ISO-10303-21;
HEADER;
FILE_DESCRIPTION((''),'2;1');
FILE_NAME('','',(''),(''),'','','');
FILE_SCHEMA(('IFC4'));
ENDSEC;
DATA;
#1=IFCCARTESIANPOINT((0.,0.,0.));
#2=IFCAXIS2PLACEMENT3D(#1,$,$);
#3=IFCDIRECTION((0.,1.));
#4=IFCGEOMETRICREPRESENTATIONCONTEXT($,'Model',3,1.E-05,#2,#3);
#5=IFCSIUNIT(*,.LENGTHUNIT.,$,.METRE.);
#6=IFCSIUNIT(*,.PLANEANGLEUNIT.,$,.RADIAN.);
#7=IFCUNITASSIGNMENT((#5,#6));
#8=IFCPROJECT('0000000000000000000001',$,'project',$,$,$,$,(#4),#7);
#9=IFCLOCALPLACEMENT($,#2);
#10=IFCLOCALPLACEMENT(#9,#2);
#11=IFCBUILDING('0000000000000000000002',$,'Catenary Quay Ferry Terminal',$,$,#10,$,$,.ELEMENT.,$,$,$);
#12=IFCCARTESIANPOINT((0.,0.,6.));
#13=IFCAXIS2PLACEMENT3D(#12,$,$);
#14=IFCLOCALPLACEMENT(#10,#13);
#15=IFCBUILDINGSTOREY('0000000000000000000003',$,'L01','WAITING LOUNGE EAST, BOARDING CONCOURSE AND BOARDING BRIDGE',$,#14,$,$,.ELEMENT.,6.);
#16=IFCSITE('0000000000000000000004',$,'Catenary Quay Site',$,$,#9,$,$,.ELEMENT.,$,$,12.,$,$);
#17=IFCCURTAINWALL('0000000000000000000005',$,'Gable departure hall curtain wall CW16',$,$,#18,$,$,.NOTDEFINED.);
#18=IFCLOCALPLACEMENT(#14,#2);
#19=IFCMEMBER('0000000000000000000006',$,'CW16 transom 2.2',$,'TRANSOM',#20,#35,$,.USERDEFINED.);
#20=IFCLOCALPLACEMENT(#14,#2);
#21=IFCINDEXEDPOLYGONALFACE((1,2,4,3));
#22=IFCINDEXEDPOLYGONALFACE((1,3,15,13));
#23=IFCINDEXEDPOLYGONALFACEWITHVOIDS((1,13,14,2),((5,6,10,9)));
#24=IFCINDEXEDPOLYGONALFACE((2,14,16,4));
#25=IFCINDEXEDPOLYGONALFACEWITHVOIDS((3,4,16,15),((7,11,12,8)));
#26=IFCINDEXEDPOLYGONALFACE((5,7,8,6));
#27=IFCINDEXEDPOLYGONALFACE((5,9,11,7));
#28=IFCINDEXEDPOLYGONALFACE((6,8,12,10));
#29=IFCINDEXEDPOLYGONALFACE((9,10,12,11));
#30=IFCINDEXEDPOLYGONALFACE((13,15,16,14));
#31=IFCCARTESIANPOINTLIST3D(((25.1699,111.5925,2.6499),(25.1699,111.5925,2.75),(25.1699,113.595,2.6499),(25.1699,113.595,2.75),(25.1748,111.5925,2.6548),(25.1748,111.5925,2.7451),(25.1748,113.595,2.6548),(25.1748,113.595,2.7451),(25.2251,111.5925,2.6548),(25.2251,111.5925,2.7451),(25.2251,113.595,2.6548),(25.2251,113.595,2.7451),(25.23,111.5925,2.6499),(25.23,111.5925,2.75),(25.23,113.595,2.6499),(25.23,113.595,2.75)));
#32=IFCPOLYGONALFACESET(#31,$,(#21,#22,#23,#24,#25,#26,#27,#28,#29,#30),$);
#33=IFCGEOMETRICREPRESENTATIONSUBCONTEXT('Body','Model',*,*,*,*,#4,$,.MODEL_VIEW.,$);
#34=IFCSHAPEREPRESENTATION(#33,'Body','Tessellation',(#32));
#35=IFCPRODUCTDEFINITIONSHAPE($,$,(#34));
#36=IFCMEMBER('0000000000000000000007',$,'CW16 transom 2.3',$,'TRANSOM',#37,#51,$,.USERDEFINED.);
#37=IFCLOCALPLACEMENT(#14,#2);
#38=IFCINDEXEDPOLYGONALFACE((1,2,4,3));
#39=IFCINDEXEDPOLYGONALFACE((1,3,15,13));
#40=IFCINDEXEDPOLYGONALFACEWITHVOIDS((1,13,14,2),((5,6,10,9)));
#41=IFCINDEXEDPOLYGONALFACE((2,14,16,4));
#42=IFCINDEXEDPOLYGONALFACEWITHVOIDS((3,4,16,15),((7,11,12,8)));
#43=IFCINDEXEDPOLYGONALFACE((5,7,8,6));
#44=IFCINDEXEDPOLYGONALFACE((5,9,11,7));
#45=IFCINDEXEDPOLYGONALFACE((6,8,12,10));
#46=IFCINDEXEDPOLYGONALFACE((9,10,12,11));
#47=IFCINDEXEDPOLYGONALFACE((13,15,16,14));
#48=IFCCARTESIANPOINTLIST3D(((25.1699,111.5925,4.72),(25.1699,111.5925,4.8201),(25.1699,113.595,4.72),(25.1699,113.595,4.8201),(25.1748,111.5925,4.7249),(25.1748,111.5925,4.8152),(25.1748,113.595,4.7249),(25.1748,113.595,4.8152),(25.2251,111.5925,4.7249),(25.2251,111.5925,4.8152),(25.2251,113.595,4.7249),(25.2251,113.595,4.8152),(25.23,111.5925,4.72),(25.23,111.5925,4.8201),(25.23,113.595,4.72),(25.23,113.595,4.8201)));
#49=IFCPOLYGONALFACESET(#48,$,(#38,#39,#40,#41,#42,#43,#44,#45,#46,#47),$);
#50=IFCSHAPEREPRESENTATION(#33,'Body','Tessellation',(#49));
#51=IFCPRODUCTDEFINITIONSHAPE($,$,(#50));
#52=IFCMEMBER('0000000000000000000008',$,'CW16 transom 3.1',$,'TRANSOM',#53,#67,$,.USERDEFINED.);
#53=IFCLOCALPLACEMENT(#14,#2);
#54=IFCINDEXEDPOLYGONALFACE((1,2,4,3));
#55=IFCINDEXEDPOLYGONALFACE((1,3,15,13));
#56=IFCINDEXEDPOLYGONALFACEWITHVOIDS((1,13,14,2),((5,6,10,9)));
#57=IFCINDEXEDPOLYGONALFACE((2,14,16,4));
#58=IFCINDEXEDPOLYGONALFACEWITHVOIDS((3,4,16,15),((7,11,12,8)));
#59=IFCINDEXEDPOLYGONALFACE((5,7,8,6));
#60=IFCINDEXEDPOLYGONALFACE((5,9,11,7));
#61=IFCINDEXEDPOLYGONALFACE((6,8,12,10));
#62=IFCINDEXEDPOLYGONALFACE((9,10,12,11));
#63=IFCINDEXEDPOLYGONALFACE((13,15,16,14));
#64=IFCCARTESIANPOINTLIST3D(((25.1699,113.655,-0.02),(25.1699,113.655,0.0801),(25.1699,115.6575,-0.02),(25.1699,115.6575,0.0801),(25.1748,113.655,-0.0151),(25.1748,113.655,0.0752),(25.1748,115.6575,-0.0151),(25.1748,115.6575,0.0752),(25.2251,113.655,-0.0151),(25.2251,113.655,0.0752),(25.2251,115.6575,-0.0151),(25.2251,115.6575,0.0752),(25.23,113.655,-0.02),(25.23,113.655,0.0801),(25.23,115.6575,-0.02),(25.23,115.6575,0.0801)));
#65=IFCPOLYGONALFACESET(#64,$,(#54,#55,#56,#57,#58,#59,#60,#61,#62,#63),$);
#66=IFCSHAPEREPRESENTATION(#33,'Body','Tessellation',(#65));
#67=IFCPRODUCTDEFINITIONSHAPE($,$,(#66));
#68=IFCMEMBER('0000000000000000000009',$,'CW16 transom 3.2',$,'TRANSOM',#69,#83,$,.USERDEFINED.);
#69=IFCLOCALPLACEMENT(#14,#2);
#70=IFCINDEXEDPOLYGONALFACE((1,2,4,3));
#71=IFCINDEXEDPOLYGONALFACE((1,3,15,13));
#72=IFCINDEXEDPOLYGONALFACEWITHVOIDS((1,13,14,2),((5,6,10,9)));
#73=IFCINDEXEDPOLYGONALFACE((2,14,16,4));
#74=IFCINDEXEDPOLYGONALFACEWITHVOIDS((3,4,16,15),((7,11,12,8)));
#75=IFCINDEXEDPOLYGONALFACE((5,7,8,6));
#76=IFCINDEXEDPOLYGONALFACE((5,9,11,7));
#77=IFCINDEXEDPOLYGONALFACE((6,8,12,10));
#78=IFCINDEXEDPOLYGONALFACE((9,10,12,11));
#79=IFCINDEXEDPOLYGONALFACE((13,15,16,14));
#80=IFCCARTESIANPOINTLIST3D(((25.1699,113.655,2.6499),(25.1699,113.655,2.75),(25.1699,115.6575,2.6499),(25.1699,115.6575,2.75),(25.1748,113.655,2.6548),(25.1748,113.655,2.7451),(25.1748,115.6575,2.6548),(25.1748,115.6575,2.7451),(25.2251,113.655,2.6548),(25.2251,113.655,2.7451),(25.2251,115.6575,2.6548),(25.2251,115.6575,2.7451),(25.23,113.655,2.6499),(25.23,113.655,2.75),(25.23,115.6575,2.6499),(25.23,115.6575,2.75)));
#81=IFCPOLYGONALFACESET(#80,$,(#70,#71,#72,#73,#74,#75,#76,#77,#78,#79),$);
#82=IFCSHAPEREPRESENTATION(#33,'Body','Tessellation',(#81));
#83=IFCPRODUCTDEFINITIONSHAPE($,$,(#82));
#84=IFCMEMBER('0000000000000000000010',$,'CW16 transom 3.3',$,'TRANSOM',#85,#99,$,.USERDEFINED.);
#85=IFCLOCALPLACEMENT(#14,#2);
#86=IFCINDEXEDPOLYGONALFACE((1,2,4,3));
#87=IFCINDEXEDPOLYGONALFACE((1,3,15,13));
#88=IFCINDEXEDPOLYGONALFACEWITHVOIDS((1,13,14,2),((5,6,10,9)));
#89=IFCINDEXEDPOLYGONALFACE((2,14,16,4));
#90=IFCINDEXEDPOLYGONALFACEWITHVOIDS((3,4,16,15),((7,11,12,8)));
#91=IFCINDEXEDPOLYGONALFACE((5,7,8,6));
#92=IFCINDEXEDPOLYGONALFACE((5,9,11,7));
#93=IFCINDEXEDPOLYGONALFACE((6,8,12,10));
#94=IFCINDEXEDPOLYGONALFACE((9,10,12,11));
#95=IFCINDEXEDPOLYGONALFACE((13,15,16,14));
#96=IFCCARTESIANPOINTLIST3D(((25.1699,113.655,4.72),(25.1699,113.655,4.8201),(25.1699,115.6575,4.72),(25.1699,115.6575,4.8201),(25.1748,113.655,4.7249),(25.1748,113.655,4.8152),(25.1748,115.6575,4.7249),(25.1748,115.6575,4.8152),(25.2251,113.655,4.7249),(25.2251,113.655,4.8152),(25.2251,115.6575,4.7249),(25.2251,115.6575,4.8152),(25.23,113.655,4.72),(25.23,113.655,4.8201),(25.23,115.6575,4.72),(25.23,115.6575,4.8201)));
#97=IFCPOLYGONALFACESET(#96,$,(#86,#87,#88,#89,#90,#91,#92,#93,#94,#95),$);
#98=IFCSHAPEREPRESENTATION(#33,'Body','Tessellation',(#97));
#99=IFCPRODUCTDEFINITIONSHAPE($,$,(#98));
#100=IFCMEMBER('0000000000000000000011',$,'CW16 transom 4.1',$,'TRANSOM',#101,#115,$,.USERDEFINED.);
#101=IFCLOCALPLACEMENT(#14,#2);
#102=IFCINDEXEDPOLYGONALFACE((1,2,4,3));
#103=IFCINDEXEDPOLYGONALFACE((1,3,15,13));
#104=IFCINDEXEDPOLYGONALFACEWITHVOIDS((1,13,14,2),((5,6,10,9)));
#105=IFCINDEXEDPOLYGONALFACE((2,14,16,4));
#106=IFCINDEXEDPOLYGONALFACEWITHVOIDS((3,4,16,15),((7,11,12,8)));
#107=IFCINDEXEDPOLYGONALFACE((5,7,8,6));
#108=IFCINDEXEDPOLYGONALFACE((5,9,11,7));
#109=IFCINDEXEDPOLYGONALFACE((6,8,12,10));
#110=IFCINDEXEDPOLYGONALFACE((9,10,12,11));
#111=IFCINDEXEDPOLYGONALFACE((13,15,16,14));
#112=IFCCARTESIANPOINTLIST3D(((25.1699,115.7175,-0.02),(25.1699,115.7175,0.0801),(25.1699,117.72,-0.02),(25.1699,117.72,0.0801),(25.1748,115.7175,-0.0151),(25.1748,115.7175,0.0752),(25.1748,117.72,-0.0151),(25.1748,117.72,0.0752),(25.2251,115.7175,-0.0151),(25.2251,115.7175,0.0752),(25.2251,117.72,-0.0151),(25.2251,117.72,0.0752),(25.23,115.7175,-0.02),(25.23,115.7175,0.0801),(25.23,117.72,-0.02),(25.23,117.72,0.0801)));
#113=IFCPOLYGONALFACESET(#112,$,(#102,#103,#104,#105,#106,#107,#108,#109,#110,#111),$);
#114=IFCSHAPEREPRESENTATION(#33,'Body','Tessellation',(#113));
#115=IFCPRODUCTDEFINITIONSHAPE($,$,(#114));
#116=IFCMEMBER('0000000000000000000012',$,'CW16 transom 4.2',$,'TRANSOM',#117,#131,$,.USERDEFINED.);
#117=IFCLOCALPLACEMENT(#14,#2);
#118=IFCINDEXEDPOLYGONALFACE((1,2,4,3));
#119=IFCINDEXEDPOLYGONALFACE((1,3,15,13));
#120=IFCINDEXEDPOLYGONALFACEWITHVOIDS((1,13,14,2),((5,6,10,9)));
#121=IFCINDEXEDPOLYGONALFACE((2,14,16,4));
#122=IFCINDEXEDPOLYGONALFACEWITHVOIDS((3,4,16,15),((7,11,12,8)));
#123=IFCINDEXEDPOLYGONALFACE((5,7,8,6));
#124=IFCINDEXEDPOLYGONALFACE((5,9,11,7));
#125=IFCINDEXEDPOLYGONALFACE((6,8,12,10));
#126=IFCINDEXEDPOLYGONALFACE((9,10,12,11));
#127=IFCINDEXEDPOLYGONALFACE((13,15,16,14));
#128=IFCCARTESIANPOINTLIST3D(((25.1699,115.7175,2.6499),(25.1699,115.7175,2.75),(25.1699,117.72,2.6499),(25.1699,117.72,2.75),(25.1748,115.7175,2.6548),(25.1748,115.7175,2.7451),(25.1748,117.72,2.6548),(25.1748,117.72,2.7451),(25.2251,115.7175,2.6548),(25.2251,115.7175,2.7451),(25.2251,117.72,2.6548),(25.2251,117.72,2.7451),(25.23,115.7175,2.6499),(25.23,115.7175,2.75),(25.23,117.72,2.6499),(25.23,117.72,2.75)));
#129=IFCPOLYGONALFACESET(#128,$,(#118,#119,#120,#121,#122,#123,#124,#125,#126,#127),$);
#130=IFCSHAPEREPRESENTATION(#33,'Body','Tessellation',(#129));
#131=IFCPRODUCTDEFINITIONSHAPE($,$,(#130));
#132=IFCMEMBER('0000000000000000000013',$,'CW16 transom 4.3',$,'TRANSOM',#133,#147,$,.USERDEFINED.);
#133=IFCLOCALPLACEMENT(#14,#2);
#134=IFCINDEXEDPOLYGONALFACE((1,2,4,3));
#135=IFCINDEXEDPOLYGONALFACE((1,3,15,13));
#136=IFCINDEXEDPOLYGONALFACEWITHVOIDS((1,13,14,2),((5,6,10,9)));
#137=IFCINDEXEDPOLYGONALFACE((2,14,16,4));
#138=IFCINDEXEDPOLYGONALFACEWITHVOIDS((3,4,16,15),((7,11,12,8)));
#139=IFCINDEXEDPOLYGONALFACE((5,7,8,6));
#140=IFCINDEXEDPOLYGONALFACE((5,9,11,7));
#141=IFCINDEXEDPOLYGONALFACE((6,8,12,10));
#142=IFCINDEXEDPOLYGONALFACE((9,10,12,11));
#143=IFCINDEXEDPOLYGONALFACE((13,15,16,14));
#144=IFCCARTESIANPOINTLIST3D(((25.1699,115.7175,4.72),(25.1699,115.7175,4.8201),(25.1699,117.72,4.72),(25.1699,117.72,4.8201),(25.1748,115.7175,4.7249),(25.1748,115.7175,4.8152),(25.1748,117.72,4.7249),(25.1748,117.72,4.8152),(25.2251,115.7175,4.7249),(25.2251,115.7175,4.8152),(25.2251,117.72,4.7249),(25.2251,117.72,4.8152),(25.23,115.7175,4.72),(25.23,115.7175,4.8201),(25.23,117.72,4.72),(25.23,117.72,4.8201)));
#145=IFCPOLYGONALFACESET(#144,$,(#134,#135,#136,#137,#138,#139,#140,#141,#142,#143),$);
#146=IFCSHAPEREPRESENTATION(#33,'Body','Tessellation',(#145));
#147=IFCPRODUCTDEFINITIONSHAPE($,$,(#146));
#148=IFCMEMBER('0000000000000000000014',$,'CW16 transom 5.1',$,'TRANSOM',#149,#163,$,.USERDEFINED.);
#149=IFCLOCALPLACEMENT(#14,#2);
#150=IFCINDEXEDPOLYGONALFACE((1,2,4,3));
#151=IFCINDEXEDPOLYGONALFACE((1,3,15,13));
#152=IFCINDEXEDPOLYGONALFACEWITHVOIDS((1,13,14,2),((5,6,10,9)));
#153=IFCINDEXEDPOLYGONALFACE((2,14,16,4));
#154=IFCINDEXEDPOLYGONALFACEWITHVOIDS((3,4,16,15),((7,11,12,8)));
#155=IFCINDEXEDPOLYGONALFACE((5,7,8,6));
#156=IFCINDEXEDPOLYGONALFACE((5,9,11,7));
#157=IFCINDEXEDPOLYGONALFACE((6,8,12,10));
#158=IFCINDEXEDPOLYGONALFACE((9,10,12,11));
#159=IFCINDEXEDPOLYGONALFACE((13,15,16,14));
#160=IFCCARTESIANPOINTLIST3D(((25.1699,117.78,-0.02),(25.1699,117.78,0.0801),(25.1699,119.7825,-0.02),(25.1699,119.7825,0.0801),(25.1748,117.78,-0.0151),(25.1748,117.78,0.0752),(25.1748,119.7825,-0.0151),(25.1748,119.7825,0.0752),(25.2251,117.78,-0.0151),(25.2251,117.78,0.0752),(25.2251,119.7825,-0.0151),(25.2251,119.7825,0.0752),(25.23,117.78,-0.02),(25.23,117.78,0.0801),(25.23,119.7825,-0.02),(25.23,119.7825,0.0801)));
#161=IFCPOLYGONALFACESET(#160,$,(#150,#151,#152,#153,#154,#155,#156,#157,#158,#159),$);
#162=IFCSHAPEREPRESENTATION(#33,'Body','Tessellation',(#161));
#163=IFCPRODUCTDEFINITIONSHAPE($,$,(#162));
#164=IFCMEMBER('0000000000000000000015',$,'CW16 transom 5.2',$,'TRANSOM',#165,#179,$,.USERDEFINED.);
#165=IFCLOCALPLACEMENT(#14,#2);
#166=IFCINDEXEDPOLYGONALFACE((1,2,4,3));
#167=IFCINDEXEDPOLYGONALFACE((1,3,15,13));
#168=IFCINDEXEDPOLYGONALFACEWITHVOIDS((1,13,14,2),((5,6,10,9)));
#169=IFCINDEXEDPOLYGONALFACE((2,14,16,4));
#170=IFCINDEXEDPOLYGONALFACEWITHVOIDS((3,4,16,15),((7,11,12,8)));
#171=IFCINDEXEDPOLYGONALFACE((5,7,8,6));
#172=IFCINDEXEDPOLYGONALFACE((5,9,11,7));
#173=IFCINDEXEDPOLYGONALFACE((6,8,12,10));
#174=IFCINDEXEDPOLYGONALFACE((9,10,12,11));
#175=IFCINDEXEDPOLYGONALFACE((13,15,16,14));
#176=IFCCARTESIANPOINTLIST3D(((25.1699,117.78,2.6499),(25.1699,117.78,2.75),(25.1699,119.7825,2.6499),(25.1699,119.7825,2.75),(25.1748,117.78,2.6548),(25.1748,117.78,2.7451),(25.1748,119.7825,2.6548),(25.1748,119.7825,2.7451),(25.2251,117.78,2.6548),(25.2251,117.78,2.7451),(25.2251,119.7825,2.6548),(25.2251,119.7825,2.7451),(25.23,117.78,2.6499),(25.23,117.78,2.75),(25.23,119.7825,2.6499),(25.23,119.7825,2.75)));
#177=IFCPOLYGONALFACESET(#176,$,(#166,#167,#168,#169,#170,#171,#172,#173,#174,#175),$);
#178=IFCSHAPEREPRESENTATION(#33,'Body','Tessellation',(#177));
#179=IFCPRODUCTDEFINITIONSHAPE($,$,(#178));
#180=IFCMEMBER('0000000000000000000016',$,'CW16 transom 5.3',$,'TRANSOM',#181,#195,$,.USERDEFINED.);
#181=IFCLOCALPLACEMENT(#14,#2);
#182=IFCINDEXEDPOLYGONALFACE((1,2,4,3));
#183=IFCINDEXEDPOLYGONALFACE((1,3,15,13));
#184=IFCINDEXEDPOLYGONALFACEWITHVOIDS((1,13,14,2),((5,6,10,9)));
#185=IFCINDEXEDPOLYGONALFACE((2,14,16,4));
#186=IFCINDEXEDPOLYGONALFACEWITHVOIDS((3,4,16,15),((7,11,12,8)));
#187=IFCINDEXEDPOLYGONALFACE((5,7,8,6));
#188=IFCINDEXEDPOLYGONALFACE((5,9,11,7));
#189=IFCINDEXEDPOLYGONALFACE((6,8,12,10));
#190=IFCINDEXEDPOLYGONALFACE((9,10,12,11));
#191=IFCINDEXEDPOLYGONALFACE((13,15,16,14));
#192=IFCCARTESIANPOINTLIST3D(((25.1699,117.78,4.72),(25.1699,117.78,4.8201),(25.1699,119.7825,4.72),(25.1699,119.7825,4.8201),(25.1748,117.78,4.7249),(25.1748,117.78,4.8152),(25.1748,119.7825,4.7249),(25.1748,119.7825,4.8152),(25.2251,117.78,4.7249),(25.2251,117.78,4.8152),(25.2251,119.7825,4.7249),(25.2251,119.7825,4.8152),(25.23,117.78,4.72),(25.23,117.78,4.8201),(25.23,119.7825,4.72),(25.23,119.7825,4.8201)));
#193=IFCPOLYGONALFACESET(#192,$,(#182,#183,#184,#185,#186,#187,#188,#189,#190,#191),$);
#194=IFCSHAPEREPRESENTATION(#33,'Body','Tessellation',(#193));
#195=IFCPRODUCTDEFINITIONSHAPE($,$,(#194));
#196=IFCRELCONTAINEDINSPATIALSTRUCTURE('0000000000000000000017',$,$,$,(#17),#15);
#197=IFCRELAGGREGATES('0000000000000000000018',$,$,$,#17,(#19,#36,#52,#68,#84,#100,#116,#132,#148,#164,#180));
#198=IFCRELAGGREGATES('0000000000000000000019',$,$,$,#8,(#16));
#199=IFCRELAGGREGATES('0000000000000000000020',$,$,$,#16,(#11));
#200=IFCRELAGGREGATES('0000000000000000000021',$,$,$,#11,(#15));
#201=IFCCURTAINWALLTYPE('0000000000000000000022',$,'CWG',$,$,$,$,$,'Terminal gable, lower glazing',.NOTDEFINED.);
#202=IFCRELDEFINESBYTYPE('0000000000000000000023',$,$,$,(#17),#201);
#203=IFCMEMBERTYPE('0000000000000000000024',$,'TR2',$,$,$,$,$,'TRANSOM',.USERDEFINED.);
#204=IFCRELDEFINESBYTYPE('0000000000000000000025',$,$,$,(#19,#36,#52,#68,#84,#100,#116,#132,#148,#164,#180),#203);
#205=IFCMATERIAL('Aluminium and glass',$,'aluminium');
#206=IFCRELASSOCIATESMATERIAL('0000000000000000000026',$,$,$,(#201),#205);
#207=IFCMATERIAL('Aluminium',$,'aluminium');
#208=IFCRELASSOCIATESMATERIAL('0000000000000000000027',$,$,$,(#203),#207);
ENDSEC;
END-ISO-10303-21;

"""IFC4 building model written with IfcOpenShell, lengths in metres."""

from ifc_helpers import new_model, si_unit, direction, frame, origin, origin_2d, place, context, subcontext, project, spatial, hollow_rectangle, extrude, material, material_profile, profile_set, type_object, element, aggregate, save


model = new_model("IFC4")

# Units and contexts
model_context = context("Model", 3, precision=1e-05, world=origin(), true_north=direction((0.0, 1.0)))
body_context = subcontext(model_context, "Body", "Model", "MODEL_VIEW")
ifc_project = project(units=[si_unit("LENGTHUNIT", "METRE"), si_unit("PLANEANGLEUNIT", "RADIAN")], contexts=[model_context])

# Site, building, storey
site_placement = place(None, origin())
site = spatial("IfcSite", under=ifc_project, at=site_placement, Name="Catenary Quay Site", CompositionType="ELEMENT", RefElevation=12.0)
building_placement = place(site_placement, origin())
building = spatial("IfcBuilding", under=site, at=building_placement, Name="Catenary Quay Ferry Terminal", CompositionType="ELEMENT")
storey_placement = place(building_placement, frame((0.0, 0.0, 6.0)))
storey = spatial("IfcBuildingStorey", under=building, at=storey_placement, Name="L01", Description="WAITING LOUNGE EAST, BOARDING CONCOURSE AND BOARDING BRIDGE", CompositionType="ELEMENT", Elevation=6.0)

# Curtain wall, members
ifc_material_1 = material(Name="Aluminium and glass", Category="aluminium")
curtain_wall_type = type_object("IfcCurtainWallType", Name="CWG", ElementType="Terminal gable, lower glazing", PredefinedType="NOTDEFINED", material=ifc_material_1)
curtain_wall_placement = place(storey_placement, origin())
curtain_wall = element("IfcCurtainWall", 1, at=curtain_wall_placement, inside=storey, type_object=curtain_wall_type, Name="Gable departure hall curtain wall CW16", PredefinedType="NOTDEFINED")
ifc_material_2 = material(Name="Aluminium", Category="aluminium")
ifc_material_profile_1 = material_profile(ifc_material_2, hollow_rectangle(XDim=0.0601, YDim=0.1001, WallThickness=0.0049, at=origin_2d()), Name="TR2")
ifc_profile_set_1 = profile_set([ifc_material_profile_1], Name="Aluminium")
member_type_1 = type_object("IfcMemberType", Name="TR2", ElementType="TRANSOM", PredefinedType="USERDEFINED", material=ifc_profile_set_1)
member_1_placement = place(storey_placement, frame((25.2, 111.5925, 2.7), z_axis=(0.0, 1.0, 0.0), x_axis=(-1.0, 0.0, 0.0)))
member_1 = element("IfcMember", 2, at=member_1_placement, type_object=member_type_1, Name="CW16 transom 2.2", ObjectType="TRANSOM", PredefinedType="USERDEFINED", context=body_context, shape_type="SweptSolid", body=[
    extrude(hollow_rectangle(XDim=0.0601, YDim=0.1001, WallThickness=0.0049, at=origin_2d()), origin(), (0.0, 0.0, 1.0), 2.0024),
])
member_2_placement = place(storey_placement, frame((25.2, 111.5925, 4.77), z_axis=(0.0, 1.0, 0.0), x_axis=(-1.0, 0.0, 0.0)))
member_2 = element("IfcMember", 3, at=member_2_placement, type_object=member_type_1, Name="CW16 transom 2.3", ObjectType="TRANSOM", PredefinedType="USERDEFINED", context=body_context, shape_type="SweptSolid", body=[
    extrude(hollow_rectangle(XDim=0.0601, YDim=0.1001, WallThickness=0.0049, at=origin_2d()), origin(), (0.0, 0.0, 1.0), 2.0024),
])
member_3_placement = place(storey_placement, frame((25.2, 113.655, 0.03), z_axis=(0.0, 1.0, 0.0), x_axis=(-1.0, 0.0, 0.0)))
member_3 = element("IfcMember", 4, at=member_3_placement, type_object=member_type_1, Name="CW16 transom 3.1", ObjectType="TRANSOM", PredefinedType="USERDEFINED", context=body_context, shape_type="SweptSolid", body=[
    extrude(hollow_rectangle(XDim=0.0601, YDim=0.1001, WallThickness=0.0049, at=origin_2d()), origin(), (0.0, 0.0, 1.0), 2.0024),
])
member_4_placement = place(storey_placement, frame((25.2, 113.655, 2.7), z_axis=(0.0, 1.0, 0.0), x_axis=(-1.0, 0.0, 0.0)))
member_4 = element("IfcMember", 5, at=member_4_placement, type_object=member_type_1, Name="CW16 transom 3.2", ObjectType="TRANSOM", PredefinedType="USERDEFINED", context=body_context, shape_type="SweptSolid", body=[
    extrude(hollow_rectangle(XDim=0.0601, YDim=0.1001, WallThickness=0.0049, at=origin_2d()), origin(), (0.0, 0.0, 1.0), 2.0024),
])
member_5_placement = place(storey_placement, frame((25.2, 113.655, 4.77), z_axis=(0.0, 1.0, 0.0), x_axis=(-1.0, 0.0, 0.0)))
member_5 = element("IfcMember", 6, at=member_5_placement, type_object=member_type_1, Name="CW16 transom 3.3", ObjectType="TRANSOM", PredefinedType="USERDEFINED", context=body_context, shape_type="SweptSolid", body=[
    extrude(hollow_rectangle(XDim=0.0601, YDim=0.1001, WallThickness=0.0049, at=origin_2d()), origin(), (0.0, 0.0, 1.0), 2.0024),
])
member_6_placement = place(storey_placement, frame((25.2, 115.7175, 0.03), z_axis=(0.0, 1.0, 0.0), x_axis=(-1.0, 0.0, 0.0)))
member_6 = element("IfcMember", 7, at=member_6_placement, type_object=member_type_1, Name="CW16 transom 4.1", ObjectType="TRANSOM", PredefinedType="USERDEFINED", context=body_context, shape_type="SweptSolid", body=[
    extrude(hollow_rectangle(XDim=0.0601, YDim=0.1001, WallThickness=0.0049, at=origin_2d()), origin(), (0.0, 0.0, 1.0), 2.0024),
])
member_7_placement = place(storey_placement, frame((25.2, 115.7175, 2.7), z_axis=(0.0, 1.0, 0.0), x_axis=(-1.0, 0.0, 0.0)))
member_7 = element("IfcMember", 8, at=member_7_placement, type_object=member_type_1, Name="CW16 transom 4.2", ObjectType="TRANSOM", PredefinedType="USERDEFINED", context=body_context, shape_type="SweptSolid", body=[
    extrude(hollow_rectangle(XDim=0.0601, YDim=0.1001, WallThickness=0.0049, at=origin_2d()), origin(), (0.0, 0.0, 1.0), 2.0024),
])
member_8_placement = place(storey_placement, frame((25.2, 115.7175, 4.77), z_axis=(0.0, 1.0, 0.0), x_axis=(-1.0, 0.0, 0.0)))
member_8 = element("IfcMember", 9, at=member_8_placement, type_object=member_type_1, Name="CW16 transom 4.3", ObjectType="TRANSOM", PredefinedType="USERDEFINED", context=body_context, shape_type="SweptSolid", body=[
    extrude(hollow_rectangle(XDim=0.0601, YDim=0.1001, WallThickness=0.0049, at=origin_2d()), origin(), (0.0, 0.0, 1.0), 2.0024),
])
member_9_placement = place(storey_placement, frame((25.2, 117.78, 0.03), z_axis=(0.0, 1.0, 0.0), x_axis=(-1.0, 0.0, 0.0)))
member_9 = element("IfcMember", 10, at=member_9_placement, type_object=member_type_1, Name="CW16 transom 5.1", ObjectType="TRANSOM", PredefinedType="USERDEFINED", context=body_context, shape_type="SweptSolid", body=[
    extrude(hollow_rectangle(XDim=0.0601, YDim=0.1001, WallThickness=0.0049, at=origin_2d()), origin(), (0.0, 0.0, 1.0), 2.0024),
])
member_10_placement = place(storey_placement, frame((25.2, 117.78, 2.7), z_axis=(0.0, 1.0, 0.0), x_axis=(-1.0, 0.0, 0.0)))
member_10 = element("IfcMember", 11, at=member_10_placement, type_object=member_type_1, Name="CW16 transom 5.2", ObjectType="TRANSOM", PredefinedType="USERDEFINED", context=body_context, shape_type="SweptSolid", body=[
    extrude(hollow_rectangle(XDim=0.0601, YDim=0.1001, WallThickness=0.0049, at=origin_2d()), origin(), (0.0, 0.0, 1.0), 2.0024),
])
member_11_placement = place(storey_placement, frame((25.2, 117.78, 4.77), z_axis=(0.0, 1.0, 0.0), x_axis=(-1.0, 0.0, 0.0)))
member_11 = element("IfcMember", 12, at=member_11_placement, type_object=member_type_1, Name="CW16 transom 5.3", ObjectType="TRANSOM", PredefinedType="USERDEFINED", context=body_context, shape_type="SweptSolid", body=[
    extrude(hollow_rectangle(XDim=0.0601, YDim=0.1001, WallThickness=0.0049, at=origin_2d()), origin(), (0.0, 0.0, 1.0), 2.0024),
])
aggregate(curtain_wall, [member_1, member_2, member_3, member_4, member_5, member_6, member_7, member_8, member_9, member_10, member_11])

save(model, "model.ifc")
